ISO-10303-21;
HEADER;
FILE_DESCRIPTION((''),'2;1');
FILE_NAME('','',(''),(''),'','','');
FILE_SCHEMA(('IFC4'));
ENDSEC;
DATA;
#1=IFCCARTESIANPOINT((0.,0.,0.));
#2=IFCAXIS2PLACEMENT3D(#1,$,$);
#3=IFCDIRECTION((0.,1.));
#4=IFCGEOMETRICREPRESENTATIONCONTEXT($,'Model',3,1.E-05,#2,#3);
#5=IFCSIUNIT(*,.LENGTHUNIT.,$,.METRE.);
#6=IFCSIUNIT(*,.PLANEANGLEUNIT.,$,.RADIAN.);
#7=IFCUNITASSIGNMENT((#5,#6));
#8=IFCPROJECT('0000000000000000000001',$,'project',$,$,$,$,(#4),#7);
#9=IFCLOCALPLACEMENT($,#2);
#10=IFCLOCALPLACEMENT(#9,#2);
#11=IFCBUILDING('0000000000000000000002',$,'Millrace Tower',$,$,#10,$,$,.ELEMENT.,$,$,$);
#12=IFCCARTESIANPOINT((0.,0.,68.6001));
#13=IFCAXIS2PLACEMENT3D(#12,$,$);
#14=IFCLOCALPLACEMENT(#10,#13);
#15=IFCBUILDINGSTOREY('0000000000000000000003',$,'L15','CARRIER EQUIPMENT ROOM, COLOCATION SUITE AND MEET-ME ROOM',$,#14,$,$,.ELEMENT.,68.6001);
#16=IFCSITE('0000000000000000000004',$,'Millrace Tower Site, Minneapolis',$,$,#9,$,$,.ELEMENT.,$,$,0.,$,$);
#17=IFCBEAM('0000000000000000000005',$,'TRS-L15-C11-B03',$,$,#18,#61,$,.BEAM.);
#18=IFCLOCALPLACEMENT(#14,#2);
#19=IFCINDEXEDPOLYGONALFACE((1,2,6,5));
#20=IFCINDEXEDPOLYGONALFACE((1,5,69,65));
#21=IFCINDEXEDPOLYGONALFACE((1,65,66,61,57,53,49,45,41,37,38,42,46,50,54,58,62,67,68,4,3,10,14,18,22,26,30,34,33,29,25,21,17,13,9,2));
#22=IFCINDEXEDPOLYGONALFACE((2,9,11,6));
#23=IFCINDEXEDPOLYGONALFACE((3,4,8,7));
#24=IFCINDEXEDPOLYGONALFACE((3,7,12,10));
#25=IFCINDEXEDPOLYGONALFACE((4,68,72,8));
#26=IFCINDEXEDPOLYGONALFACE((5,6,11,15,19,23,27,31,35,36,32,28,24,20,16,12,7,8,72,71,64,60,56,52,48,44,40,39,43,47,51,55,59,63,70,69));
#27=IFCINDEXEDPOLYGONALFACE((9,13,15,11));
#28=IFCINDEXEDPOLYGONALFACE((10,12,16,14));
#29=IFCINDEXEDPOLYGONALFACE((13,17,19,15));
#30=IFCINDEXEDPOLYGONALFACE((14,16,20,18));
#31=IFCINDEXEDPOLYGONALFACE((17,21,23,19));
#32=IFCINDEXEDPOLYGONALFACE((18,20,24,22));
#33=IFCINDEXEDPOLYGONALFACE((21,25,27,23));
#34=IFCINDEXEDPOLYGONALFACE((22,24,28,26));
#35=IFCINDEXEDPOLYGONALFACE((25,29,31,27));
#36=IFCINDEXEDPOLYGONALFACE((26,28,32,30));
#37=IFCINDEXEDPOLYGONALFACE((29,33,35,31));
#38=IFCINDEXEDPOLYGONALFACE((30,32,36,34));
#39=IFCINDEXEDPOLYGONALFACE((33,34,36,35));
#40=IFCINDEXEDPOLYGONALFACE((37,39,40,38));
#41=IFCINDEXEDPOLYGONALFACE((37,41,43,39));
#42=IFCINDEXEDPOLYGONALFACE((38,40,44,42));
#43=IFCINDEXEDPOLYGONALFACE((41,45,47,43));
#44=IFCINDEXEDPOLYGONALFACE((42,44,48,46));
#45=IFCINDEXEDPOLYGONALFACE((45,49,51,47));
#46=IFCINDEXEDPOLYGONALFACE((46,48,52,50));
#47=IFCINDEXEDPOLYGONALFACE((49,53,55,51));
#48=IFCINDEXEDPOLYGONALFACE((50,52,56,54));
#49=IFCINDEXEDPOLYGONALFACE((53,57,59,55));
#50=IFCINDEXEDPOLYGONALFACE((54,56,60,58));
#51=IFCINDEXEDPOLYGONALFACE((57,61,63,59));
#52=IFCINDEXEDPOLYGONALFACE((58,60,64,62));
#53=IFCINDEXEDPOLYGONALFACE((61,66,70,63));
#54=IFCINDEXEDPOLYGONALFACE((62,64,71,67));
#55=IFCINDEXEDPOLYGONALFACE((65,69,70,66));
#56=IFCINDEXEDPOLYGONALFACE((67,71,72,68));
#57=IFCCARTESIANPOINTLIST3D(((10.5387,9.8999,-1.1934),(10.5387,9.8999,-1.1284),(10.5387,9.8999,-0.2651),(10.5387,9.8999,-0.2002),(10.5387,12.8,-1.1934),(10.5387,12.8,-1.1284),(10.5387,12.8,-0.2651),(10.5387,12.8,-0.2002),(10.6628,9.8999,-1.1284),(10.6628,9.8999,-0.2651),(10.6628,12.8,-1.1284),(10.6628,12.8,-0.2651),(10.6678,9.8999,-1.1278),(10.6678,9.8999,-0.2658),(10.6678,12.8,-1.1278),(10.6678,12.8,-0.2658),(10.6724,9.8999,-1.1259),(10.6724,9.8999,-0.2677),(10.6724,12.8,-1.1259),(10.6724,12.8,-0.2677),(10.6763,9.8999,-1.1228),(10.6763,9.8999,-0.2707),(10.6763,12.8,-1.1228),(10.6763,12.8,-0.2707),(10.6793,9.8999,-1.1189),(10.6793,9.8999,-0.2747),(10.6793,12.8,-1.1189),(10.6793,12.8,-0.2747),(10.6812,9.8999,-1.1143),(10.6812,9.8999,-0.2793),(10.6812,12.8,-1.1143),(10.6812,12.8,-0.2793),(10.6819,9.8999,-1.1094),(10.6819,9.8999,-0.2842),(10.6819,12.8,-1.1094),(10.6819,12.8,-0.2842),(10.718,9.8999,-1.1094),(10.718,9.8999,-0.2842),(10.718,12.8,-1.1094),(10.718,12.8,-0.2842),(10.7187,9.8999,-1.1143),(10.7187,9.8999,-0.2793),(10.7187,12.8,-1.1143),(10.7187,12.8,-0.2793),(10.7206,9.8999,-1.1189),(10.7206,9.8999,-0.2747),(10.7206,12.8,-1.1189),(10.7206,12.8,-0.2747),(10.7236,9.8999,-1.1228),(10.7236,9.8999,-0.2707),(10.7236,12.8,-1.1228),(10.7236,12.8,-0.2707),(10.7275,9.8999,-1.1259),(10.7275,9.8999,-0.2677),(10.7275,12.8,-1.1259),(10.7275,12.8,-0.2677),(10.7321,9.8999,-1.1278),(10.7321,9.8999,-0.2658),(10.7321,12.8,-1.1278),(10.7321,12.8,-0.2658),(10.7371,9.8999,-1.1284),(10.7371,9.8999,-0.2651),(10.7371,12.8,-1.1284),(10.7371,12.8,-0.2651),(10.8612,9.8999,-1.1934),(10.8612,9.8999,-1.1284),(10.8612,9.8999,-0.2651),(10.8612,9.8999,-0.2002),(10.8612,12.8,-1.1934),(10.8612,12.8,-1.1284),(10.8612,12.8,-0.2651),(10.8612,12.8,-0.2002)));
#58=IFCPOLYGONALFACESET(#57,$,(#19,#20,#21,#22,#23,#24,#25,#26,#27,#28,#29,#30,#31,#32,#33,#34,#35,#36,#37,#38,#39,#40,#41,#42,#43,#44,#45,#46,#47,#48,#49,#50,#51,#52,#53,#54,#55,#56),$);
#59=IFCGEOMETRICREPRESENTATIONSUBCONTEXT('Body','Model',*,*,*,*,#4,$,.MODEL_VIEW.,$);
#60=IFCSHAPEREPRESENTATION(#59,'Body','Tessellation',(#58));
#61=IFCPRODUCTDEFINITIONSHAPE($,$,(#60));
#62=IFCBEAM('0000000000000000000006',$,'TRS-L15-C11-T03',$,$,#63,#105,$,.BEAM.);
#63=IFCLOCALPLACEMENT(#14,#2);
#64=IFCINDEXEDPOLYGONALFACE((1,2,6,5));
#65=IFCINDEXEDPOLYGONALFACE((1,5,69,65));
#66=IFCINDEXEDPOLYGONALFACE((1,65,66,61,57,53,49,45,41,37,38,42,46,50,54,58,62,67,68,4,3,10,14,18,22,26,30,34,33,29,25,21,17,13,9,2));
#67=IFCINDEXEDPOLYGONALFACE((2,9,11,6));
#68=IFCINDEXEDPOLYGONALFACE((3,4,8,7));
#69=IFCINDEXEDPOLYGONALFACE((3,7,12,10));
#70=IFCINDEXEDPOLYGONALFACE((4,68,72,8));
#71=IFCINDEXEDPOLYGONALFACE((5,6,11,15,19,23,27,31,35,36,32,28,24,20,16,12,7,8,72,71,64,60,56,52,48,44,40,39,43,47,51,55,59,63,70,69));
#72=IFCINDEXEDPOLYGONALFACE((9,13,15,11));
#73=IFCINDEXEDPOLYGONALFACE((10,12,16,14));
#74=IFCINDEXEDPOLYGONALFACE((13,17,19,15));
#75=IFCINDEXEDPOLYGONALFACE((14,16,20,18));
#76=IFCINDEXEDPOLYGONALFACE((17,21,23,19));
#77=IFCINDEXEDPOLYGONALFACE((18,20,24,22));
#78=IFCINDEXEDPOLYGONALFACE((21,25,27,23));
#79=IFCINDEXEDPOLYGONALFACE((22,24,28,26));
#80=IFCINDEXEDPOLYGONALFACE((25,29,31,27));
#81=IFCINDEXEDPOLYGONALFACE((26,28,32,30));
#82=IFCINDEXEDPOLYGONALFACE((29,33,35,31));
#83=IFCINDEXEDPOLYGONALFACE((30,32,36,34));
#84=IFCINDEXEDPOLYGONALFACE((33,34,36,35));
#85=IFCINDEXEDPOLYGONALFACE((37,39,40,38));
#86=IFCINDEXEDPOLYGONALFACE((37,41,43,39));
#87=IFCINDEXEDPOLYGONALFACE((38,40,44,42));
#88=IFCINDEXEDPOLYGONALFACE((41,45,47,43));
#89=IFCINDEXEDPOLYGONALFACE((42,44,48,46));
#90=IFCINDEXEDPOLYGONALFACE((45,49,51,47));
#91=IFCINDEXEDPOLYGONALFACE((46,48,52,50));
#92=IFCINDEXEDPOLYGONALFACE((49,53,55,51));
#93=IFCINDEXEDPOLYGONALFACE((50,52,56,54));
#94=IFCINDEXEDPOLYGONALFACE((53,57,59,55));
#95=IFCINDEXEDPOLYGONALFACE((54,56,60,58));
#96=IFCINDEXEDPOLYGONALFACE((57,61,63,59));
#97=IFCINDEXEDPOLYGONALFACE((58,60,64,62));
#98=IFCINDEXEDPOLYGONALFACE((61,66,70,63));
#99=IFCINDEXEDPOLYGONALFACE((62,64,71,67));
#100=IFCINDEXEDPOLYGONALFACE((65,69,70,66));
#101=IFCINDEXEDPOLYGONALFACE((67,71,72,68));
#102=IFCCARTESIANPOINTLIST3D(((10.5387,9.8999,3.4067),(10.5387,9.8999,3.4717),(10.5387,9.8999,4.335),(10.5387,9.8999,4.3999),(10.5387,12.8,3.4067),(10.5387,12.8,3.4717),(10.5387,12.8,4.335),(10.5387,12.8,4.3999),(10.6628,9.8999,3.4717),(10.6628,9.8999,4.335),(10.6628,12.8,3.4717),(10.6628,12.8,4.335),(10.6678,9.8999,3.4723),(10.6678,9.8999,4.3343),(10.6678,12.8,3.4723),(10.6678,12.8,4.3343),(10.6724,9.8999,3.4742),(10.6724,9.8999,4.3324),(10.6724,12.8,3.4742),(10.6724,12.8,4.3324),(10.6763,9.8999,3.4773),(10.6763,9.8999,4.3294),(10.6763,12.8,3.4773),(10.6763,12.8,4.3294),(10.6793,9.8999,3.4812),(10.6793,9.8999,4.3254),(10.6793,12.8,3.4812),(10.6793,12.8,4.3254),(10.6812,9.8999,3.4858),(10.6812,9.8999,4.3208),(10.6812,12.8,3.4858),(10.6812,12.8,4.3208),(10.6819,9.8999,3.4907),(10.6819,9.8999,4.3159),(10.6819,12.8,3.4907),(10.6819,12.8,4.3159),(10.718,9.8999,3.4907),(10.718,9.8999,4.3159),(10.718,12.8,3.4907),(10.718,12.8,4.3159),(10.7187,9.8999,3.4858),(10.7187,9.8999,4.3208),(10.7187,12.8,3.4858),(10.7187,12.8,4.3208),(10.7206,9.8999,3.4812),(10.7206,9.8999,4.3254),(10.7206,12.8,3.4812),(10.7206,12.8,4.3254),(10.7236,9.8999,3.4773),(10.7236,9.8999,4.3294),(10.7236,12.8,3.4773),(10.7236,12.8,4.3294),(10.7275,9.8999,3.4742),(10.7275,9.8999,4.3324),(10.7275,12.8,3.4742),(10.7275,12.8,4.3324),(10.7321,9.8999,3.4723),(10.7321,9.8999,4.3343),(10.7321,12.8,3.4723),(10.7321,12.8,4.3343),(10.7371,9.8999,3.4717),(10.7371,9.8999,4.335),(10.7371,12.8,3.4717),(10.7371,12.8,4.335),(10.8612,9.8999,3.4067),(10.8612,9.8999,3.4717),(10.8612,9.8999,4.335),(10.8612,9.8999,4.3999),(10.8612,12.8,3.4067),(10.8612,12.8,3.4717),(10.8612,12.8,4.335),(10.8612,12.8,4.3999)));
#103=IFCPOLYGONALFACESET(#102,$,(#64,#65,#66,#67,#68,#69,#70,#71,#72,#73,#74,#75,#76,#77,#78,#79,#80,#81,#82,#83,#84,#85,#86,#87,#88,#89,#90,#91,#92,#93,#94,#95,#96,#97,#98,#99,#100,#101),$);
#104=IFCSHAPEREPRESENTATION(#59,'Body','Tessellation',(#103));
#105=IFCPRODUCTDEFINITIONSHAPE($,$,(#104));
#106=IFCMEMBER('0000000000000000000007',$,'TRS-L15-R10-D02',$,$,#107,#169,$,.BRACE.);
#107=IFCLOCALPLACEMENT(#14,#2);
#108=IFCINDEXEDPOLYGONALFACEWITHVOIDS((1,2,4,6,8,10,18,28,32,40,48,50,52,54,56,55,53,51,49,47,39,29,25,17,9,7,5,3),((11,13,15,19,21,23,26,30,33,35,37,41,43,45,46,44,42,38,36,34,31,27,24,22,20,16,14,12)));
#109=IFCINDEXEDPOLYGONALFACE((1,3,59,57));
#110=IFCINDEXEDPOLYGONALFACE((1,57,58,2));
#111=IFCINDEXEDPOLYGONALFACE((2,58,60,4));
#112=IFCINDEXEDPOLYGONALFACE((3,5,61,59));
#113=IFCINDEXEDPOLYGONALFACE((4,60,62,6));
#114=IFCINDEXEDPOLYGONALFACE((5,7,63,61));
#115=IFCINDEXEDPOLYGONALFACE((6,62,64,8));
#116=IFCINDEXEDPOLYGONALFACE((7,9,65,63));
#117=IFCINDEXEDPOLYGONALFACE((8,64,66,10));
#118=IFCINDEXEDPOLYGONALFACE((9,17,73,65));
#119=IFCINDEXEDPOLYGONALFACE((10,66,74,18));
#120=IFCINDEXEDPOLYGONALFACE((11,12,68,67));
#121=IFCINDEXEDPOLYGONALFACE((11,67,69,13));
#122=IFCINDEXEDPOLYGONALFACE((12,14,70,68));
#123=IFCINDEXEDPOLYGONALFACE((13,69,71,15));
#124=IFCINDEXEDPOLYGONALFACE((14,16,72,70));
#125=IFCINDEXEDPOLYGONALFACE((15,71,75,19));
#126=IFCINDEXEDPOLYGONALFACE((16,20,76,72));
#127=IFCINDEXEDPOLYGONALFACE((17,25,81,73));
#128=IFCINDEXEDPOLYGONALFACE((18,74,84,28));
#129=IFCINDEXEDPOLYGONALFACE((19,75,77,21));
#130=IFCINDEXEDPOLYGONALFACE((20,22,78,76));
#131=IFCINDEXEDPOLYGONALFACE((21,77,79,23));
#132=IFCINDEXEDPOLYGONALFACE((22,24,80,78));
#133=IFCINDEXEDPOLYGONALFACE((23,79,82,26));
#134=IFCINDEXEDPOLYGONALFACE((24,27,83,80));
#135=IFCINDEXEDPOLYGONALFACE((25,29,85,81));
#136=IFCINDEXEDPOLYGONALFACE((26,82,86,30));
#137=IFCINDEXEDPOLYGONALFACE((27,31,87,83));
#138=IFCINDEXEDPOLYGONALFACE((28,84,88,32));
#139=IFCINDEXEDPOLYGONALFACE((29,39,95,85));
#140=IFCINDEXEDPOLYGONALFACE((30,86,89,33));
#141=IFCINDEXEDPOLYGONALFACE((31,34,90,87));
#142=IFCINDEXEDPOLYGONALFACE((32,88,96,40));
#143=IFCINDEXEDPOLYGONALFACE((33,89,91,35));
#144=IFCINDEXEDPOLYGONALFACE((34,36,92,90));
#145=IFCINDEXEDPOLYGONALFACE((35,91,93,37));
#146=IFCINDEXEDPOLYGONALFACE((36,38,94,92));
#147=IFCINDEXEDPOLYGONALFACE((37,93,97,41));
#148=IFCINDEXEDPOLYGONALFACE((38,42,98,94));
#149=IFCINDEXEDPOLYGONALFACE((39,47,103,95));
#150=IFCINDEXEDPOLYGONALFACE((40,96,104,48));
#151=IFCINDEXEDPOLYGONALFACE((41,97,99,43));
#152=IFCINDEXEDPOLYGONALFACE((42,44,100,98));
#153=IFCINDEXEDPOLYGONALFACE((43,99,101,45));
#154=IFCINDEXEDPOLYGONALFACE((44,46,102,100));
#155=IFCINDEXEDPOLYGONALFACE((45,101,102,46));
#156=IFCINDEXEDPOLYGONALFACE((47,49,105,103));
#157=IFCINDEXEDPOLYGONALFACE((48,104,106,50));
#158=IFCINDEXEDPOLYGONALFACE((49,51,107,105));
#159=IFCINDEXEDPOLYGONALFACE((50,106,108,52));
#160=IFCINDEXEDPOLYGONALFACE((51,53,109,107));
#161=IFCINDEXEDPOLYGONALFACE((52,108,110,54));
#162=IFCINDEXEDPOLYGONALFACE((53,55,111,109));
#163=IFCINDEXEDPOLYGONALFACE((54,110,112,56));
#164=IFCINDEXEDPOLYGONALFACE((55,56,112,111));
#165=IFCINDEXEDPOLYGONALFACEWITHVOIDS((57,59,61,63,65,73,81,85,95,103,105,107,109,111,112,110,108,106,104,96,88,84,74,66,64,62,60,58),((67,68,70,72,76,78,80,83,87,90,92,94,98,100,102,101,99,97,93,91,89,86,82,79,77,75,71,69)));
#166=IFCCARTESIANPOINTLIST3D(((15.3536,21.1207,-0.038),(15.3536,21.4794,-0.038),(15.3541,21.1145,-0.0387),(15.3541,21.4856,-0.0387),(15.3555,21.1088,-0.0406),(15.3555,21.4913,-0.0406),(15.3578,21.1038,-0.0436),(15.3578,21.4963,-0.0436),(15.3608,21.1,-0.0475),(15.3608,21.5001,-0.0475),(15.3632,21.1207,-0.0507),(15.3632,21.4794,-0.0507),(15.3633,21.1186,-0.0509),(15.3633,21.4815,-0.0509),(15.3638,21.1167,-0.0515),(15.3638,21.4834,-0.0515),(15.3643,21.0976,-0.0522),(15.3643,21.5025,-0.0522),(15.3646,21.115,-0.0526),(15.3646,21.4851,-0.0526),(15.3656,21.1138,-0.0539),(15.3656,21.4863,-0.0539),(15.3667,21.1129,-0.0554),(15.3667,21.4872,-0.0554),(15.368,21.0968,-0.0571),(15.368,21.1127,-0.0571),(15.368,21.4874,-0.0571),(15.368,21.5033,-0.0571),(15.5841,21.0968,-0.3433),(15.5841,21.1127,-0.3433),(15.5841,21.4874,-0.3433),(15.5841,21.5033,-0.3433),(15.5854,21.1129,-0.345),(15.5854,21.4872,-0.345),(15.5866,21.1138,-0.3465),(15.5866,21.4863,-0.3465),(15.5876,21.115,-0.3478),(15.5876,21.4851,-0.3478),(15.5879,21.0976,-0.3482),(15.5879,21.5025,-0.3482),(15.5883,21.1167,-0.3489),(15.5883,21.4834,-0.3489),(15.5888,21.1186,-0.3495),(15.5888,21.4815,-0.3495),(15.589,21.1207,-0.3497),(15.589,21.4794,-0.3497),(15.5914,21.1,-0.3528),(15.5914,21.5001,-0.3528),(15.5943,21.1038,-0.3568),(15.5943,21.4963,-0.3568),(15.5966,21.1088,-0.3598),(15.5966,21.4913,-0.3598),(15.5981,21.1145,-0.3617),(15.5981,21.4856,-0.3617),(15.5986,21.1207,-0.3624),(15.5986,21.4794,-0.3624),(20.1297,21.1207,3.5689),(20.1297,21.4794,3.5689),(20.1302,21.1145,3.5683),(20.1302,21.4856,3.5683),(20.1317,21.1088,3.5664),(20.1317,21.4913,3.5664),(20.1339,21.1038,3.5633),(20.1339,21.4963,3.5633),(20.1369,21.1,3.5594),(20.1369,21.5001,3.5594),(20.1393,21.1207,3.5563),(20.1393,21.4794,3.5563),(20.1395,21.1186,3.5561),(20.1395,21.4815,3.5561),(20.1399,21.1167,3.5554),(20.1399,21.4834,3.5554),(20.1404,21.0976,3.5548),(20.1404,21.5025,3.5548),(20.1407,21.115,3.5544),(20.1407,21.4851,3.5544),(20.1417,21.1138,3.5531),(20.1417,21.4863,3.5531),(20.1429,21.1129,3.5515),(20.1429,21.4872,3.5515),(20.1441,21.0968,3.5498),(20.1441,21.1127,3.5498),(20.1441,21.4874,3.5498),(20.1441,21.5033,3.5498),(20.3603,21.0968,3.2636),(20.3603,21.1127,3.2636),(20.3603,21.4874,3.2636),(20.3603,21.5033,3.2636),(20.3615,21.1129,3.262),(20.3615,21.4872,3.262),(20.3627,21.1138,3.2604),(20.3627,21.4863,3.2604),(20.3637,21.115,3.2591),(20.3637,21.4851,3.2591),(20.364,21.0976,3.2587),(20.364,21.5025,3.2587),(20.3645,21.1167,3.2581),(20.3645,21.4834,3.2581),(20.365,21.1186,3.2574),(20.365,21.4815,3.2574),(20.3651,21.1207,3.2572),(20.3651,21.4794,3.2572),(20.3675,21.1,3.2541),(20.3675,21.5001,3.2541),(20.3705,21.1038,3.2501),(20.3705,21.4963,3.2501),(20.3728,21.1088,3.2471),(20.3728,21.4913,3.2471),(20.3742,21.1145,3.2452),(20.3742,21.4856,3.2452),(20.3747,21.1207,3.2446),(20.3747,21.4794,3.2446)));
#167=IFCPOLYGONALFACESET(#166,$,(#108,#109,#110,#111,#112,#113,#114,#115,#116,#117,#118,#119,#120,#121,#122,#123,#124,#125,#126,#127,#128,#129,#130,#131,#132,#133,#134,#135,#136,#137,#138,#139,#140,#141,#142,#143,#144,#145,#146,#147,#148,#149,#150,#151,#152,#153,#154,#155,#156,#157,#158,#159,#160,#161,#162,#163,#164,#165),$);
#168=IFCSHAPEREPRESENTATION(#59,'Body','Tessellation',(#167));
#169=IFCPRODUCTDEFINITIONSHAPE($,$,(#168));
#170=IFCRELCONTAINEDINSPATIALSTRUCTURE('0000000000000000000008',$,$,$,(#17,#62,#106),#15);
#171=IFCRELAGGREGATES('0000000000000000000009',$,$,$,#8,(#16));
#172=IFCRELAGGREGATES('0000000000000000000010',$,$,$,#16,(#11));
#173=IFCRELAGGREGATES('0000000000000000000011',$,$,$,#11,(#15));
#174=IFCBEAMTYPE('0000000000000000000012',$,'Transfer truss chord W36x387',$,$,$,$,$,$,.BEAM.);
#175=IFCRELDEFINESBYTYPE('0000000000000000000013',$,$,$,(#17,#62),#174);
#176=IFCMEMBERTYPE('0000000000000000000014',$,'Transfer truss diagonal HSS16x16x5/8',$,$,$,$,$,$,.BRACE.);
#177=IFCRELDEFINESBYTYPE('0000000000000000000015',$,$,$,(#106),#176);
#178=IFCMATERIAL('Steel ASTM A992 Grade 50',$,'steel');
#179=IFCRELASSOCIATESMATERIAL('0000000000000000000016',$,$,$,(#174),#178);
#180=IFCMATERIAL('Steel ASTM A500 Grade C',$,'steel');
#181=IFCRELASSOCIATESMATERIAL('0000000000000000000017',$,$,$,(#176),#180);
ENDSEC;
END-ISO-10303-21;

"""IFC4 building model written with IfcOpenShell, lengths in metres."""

from ifc_helpers import new_model, si_unit, direction, frame, origin, origin_2d, place, context, subcontext, project, spatial, hollow_rectangle, i_section, extrude, material, material_profile, profile_set, type_object, element, save


model = new_model("IFC4")

# Units and contexts
model_context = context("Model", 3, precision=1e-05, world=origin(), true_north=direction((0.0, 1.0)))
body_context = subcontext(model_context, "Body", "Model", "MODEL_VIEW")
ifc_project = project(units=[si_unit("LENGTHUNIT", "METRE"), si_unit("PLANEANGLEUNIT", "RADIAN")], contexts=[model_context])

# Site, building, storey
site_placement = place(None, origin())
site = spatial("IfcSite", under=ifc_project, at=site_placement, Name="Millrace Tower Site, Minneapolis", CompositionType="ELEMENT", RefElevation=0.0)
building_placement = place(site_placement, origin())
building = spatial("IfcBuilding", under=site, at=building_placement, Name="Millrace Tower", CompositionType="ELEMENT")
storey_placement = place(building_placement, frame((0.0, 0.0, 68.6001)))
storey = spatial("IfcBuildingStorey", under=building, at=storey_placement, Name="L15", Description="CARRIER EQUIPMENT ROOM, COLOCATION SUITE AND MEET-ME ROOM", CompositionType="ELEMENT", Elevation=68.6001)

# Beams
ifc_material_1 = material(Name="Steel ASTM A992 Grade 50", Category="steel")
ifc_material_profile_1 = material_profile(ifc_material_1, i_section(OverallWidth=0.3225, OverallDepth=0.9932, WebThickness=0.0361, FlangeThickness=0.0649, FilletRadius=0.019, at=origin_2d()))
ifc_profile_set_1 = profile_set([ifc_material_profile_1], Name="Steel ASTM A992 Grade 50")
beam_type_1 = type_object("IfcBeamType", Name="Transfer truss chord W36x387", PredefinedType="BEAM", material=ifc_profile_set_1)
for number, where, z_axis, x_axis, name in (
    (1, (10.7, 12.8, -0.6968), (0.0, -1.0, 0.0), (1.0, 0.0, 0.0), "TRS-L15-C11-B03"),
    (2, (10.7, 12.8, 3.9033), (0.0, -1.0, 0.0), (1.0, 0.0, 0.0), "TRS-L15-C11-T03"),
):
    element("IfcBeam", number, at=place(storey_placement, frame(where, z_axis=z_axis, x_axis=x_axis)), inside=storey, type_object=beam_type_1, Name=name, PredefinedType="BEAM", context=body_context, shape_type="SweptSolid", body=[
        extrude(i_section(OverallWidth=0.3225, OverallDepth=0.9932, WebThickness=0.0361, FlangeThickness=0.0649, FilletRadius=0.019, at=origin_2d()), origin(), (0.0, 0.0, 1.0), 2.9001),
    ])

# Member
ifc_material_2 = material(Name="Steel ASTM A500 Grade C", Category="steel")
ifc_material_profile_2 = material_profile(ifc_material_2, hollow_rectangle(XDim=0.4065, YDim=0.4065, WallThickness=0.0159, InnerFilletRadius=0.0081, OuterFilletRadius=0.0239, at=origin_2d()))
ifc_profile_set_2 = profile_set([ifc_material_profile_2], Name="Steel ASTM A500 Grade C")
member_type_1 = type_object("IfcMemberType", Name="Transfer truss diagonal HSS16x16x5/8", PredefinedType="BRACE", material=ifc_profile_set_2)
member_1_placement = place(storey_placement, frame((15.4761, 21.3, -0.2002), z_axis=(0.798003, 0.0, 0.602653), x_axis=(0.0, 1.0, 0.0)))
element("IfcMember", 3, at=member_1_placement, inside=storey, type_object=member_type_1, Name="TRS-L15-R10-D02", PredefinedType="BRACE", context=body_context, shape_type="SweptSolid", body=[
    extrude(hollow_rectangle(XDim=0.4065, YDim=0.4065, WallThickness=0.0159, InnerFilletRadius=0.0081, OuterFilletRadius=0.0239, at=origin_2d()), origin(), (0.0, 0.0, 1.0), 5.9851),
])

save(model, "model.ifc")
